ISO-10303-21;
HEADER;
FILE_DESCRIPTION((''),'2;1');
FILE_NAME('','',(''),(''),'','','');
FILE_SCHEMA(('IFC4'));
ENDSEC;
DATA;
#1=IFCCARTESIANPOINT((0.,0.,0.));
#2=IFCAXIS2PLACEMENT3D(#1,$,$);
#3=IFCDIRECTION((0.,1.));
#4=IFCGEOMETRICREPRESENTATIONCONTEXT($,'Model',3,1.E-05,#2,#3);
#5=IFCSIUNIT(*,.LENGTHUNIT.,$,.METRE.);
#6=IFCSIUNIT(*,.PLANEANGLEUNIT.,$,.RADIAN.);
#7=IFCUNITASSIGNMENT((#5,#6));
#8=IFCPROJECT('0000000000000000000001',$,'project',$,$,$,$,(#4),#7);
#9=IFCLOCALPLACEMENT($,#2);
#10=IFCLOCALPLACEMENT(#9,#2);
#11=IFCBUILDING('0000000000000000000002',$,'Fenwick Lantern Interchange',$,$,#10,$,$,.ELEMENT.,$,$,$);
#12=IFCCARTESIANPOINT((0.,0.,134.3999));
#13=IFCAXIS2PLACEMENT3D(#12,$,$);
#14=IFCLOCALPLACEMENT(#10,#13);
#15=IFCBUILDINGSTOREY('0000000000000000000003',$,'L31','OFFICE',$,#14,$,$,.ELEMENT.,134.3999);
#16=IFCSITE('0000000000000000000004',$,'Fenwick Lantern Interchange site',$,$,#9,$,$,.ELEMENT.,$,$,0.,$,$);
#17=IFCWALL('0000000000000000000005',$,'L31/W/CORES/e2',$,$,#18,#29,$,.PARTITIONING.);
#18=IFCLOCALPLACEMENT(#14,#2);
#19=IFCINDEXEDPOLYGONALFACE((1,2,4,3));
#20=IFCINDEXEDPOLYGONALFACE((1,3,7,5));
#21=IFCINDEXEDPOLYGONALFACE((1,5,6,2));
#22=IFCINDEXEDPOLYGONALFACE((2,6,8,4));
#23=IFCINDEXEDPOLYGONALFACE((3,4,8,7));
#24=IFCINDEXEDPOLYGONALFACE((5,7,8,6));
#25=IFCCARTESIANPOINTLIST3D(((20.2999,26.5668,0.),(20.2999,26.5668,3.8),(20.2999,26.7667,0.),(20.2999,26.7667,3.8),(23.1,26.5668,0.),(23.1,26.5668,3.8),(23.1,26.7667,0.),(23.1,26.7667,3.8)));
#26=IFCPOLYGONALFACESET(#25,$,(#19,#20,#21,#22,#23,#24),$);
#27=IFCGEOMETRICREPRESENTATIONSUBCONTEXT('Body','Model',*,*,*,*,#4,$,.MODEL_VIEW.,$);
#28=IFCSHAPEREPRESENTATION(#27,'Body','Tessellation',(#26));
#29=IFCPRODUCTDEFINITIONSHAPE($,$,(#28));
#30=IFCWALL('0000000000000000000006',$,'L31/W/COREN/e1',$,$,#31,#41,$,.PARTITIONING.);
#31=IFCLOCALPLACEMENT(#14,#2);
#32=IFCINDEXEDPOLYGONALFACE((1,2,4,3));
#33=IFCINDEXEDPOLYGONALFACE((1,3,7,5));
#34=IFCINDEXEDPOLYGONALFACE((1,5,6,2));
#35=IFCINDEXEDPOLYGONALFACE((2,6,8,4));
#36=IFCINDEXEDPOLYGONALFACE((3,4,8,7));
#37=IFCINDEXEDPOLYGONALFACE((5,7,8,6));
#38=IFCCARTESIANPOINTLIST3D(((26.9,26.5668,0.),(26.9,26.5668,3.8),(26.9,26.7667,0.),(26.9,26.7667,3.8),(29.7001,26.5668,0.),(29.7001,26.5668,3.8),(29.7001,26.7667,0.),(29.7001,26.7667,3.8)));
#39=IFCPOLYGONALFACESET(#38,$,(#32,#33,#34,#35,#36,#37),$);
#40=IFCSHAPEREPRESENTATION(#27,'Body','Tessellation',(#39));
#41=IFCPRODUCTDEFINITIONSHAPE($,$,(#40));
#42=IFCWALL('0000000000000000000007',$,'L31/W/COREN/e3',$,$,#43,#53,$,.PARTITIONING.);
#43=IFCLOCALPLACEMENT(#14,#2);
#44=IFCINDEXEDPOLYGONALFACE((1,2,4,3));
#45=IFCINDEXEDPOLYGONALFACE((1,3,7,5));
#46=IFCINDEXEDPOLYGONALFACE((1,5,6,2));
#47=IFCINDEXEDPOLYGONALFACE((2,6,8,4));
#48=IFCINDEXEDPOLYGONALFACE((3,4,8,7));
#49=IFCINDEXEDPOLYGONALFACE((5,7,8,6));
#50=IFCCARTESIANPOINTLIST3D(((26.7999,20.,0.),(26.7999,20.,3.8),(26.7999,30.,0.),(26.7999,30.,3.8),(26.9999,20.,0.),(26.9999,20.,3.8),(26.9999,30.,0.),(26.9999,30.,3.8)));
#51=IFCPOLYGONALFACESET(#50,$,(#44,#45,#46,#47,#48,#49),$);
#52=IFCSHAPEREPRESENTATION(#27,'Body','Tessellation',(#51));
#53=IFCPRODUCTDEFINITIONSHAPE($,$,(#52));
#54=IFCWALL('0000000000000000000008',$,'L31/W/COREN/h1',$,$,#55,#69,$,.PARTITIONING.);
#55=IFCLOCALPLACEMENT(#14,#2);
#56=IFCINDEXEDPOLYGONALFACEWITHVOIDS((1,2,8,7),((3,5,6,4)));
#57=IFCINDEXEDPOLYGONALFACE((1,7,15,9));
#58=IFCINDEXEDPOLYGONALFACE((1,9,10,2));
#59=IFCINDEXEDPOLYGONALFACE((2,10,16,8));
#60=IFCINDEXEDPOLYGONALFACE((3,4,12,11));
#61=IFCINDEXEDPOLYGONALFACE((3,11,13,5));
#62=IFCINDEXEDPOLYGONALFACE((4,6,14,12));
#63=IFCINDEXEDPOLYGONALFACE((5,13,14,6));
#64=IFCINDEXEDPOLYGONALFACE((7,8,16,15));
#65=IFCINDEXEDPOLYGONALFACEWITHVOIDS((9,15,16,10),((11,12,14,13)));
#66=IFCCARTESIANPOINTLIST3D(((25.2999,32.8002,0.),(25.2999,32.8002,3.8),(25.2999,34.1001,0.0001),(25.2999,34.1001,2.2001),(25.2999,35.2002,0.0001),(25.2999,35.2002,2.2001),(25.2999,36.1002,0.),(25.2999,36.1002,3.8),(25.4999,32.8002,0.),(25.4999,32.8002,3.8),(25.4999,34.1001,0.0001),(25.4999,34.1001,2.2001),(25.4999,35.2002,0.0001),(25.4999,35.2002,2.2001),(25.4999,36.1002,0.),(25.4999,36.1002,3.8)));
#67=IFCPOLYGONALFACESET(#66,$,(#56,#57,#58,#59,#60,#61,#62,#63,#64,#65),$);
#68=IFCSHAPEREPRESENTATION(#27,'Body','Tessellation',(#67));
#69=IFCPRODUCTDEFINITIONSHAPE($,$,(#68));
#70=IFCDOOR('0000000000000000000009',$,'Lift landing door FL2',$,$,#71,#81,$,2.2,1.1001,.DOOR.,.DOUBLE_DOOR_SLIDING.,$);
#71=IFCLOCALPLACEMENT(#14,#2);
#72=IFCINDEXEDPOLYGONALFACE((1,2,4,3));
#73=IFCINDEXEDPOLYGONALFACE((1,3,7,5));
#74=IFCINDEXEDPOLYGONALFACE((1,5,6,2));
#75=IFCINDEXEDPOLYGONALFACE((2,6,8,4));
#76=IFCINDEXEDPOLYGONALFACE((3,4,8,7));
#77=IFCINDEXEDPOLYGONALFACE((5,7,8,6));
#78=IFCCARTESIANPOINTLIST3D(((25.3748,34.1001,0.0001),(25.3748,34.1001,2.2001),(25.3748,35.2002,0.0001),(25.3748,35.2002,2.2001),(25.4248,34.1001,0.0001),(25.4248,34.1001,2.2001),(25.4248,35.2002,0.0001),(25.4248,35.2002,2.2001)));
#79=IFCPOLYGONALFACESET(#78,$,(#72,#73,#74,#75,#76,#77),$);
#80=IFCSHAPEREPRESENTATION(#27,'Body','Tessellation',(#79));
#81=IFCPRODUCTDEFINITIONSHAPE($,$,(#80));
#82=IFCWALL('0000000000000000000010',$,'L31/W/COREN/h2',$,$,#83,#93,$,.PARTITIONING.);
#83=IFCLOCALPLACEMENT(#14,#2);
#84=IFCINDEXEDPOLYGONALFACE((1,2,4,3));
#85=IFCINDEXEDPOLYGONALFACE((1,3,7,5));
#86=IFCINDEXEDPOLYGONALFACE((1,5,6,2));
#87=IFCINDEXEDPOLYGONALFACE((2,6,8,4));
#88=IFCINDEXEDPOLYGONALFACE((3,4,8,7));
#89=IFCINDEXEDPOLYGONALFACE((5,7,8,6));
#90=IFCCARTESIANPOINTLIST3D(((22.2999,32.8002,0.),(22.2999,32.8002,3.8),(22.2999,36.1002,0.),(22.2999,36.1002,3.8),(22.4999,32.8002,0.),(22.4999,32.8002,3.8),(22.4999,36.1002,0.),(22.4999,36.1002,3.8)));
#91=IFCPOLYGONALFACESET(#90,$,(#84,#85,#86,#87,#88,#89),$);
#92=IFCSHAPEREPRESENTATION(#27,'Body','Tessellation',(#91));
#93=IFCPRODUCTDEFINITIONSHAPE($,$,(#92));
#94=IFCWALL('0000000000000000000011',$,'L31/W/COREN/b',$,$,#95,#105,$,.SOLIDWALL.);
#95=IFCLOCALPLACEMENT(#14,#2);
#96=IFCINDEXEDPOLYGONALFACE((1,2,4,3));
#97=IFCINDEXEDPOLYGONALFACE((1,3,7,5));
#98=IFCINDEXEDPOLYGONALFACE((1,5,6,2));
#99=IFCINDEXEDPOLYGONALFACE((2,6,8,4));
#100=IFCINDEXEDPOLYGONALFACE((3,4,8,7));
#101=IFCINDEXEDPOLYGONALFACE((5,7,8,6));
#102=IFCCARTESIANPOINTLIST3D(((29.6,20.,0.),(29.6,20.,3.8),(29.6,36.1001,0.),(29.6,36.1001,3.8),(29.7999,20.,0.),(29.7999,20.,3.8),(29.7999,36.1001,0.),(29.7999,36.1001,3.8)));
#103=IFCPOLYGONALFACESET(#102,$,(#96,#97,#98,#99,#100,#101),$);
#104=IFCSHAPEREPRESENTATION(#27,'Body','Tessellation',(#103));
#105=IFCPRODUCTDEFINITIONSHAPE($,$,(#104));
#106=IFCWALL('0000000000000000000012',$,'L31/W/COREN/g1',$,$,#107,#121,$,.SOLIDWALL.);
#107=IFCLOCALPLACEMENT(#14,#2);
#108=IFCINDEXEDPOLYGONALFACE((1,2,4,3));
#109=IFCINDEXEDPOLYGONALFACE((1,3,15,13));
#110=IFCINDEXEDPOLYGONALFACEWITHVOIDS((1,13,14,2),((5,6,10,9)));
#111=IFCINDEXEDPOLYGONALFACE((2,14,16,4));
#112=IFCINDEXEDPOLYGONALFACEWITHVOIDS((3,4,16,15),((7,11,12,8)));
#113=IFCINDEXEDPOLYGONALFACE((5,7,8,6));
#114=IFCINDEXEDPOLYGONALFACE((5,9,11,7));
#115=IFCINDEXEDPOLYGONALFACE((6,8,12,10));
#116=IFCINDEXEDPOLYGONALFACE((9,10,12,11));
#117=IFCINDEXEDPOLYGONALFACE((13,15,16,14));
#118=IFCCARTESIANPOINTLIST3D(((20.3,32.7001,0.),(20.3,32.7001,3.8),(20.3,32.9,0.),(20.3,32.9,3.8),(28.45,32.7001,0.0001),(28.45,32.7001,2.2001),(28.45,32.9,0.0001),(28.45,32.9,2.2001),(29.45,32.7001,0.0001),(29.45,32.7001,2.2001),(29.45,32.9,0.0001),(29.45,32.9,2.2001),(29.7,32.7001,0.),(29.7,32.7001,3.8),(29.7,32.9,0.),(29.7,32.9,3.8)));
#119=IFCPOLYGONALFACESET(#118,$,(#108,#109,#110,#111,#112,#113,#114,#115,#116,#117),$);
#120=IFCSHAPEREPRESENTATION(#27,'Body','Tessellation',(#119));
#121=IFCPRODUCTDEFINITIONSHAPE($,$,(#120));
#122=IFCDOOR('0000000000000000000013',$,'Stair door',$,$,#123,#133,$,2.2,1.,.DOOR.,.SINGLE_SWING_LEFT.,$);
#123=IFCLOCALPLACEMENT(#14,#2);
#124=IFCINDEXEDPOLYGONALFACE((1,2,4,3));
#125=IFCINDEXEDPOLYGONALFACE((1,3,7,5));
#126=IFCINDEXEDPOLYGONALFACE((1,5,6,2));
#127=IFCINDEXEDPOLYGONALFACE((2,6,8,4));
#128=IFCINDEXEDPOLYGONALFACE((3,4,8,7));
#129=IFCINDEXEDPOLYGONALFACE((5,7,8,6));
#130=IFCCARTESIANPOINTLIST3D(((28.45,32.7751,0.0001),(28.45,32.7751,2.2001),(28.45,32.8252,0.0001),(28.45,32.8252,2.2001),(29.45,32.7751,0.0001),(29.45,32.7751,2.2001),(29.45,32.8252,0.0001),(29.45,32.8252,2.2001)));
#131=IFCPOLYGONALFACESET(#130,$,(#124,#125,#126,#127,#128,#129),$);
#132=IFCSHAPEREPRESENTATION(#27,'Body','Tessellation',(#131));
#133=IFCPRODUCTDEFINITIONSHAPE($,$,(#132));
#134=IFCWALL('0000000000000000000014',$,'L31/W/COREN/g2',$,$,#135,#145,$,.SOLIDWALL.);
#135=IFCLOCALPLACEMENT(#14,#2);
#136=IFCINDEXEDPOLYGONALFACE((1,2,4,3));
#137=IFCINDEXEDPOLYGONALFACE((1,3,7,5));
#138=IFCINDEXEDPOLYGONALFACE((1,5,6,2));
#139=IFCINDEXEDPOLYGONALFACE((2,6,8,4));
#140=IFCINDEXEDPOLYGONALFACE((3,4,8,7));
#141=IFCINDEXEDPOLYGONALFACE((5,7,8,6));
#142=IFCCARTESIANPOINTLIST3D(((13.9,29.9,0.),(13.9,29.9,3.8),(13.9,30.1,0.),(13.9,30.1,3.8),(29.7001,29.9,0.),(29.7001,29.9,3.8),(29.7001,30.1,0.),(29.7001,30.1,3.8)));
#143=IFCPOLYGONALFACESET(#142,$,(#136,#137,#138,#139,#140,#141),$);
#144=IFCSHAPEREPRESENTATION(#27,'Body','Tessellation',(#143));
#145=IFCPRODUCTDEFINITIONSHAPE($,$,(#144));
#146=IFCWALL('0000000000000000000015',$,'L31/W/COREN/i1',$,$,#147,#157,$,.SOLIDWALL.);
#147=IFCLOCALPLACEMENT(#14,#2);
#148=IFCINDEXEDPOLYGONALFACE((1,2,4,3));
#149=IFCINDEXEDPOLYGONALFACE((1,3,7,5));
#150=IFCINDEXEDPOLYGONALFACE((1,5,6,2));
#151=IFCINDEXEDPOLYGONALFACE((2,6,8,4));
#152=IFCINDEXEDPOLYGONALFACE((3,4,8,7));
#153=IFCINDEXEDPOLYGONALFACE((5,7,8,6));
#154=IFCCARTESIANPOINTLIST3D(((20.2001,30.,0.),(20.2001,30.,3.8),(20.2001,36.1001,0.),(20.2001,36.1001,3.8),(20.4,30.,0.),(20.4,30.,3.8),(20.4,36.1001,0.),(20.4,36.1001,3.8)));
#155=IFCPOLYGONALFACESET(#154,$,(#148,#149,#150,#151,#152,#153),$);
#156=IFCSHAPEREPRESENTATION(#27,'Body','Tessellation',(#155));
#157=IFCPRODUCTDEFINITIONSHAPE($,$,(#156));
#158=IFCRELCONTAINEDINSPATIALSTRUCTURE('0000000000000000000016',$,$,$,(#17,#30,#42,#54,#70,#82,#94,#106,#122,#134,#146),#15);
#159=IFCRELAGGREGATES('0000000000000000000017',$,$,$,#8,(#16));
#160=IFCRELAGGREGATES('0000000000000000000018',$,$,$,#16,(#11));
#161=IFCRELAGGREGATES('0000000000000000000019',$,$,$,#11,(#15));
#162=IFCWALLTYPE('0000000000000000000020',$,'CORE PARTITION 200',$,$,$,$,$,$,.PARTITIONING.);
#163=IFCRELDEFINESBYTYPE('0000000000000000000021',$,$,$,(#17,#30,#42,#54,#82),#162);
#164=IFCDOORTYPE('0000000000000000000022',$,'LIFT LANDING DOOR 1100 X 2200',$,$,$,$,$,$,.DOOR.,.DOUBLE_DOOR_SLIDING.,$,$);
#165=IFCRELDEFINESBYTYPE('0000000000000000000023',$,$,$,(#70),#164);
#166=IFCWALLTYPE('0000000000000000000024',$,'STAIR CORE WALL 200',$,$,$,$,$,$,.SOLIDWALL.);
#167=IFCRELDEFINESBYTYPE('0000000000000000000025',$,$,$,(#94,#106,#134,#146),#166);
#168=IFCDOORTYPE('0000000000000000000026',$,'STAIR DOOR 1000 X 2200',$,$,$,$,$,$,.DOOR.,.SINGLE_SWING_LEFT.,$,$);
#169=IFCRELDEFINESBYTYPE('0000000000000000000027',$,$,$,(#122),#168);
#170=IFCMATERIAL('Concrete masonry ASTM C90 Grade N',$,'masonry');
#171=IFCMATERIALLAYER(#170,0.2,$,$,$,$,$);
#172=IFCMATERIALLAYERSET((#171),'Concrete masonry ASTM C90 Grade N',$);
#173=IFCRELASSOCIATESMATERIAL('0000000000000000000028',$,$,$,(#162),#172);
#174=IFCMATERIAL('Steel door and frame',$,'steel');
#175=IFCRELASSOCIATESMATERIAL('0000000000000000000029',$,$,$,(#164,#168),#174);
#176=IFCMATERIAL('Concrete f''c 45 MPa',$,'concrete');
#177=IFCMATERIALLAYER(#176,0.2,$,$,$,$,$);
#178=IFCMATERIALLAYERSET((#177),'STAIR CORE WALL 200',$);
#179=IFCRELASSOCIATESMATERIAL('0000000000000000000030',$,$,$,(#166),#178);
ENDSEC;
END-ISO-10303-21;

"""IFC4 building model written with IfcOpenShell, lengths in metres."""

from ifc_helpers import new_model, si_unit, direction, frame, frame_2d, origin, place, context, subcontext, project, spatial, rectangle, extrude, material, layer, layer_set, type_object, element, fill, save


model = new_model("IFC4")

# Units and contexts
model_context = context("Model", 3, precision=1e-05, world=origin(), true_north=direction((0.0, 1.0)))
body_context = subcontext(model_context, "Body", "Model", "MODEL_VIEW")
ifc_project = project(units=[si_unit("LENGTHUNIT", "METRE"), si_unit("PLANEANGLEUNIT", "RADIAN")], contexts=[model_context])

# Site, building, storey
site_placement = place(None, origin())
site = spatial("IfcSite", under=ifc_project, at=site_placement, Name="Fenwick Lantern Interchange site", CompositionType="ELEMENT", RefElevation=0.0)
building_placement = place(site_placement, origin())
building = spatial("IfcBuilding", under=site, at=building_placement, Name="Fenwick Lantern Interchange", CompositionType="ELEMENT")
storey_placement = place(building_placement, frame((0.0, 0.0, 134.3999)))
storey = spatial("IfcBuildingStorey", under=building, at=storey_placement, Name="L31", Description="OFFICE", CompositionType="ELEMENT", Elevation=134.3999)

# Walls
ifc_material_1 = material(Name="Concrete masonry ASTM C90 Grade N", Category="masonry")
ifc_layer_1 = layer(ifc_material_1, 0.2)
ifc_layer_set_1 = layer_set([ifc_layer_1], Name="Concrete masonry ASTM C90 Grade N")
wall_type_1 = type_object("IfcWallType", Name="CORE PARTITION 200", PredefinedType="PARTITIONING", material=ifc_layer_set_1)
for number, where, z_axis, x_axis, name in (
    (1, (20.3, 26.6667, 0.0), (0.0, 0.0, 1.0), (1.0, 0.0, 0.0), "L31/W/CORES/e2"),
    (2, (29.7, 26.6667, 0.0), (0.0, 0.0, 1.0), (-1.0, 0.0, 0.0), "L31/W/COREN/e1"),
):
    element("IfcWall", number, at=place(storey_placement, frame(where, z_axis=z_axis, x_axis=x_axis)), inside=storey, type_object=wall_type_1, Name=name, PredefinedType="PARTITIONING", context=body_context, shape_type="SweptSolid", body=[
        extrude(rectangle(XDim=2.8, YDim=0.2, at=frame_2d((1.3999, 0.0))), origin(), (0.0, 0.0, 1.0), 3.8),
    ])
wall_1_placement = place(storey_placement, frame((26.8999, 30.0, 0.0), z_axis=(0.0, 0.0, 1.0), x_axis=(0.0, -1.0, 0.0)))
element("IfcWall", 3, at=wall_1_placement, inside=storey, type_object=wall_type_1, Name="L31/W/COREN/e3", PredefinedType="PARTITIONING", context=body_context, shape_type="SweptSolid", body=[
    extrude(rectangle(XDim=10.0, YDim=0.2, at=frame_2d((5.0, 0.0))), origin(), (0.0, 0.0, 1.0), 3.8),
])

# Wall, opening, door
wall_2_placement = place(storey_placement, frame((25.3999, 36.1001, 0.0), z_axis=(0.0, 0.0, 1.0), x_axis=(0.0, -1.0, 0.0)))
wall_2 = element("IfcWall", 4, at=wall_2_placement, inside=storey, type_object=wall_type_1, Name="L31/W/COREN/h1", PredefinedType="PARTITIONING", context=body_context, shape_type="SweptSolid", body=[
    extrude(rectangle(XDim=3.3, YDim=0.2, at=frame_2d((1.6499, 0.0))), origin(), (0.0, 0.0, 1.0), 3.8),
])
opening_1_placement = place(wall_2_placement, frame((0.8999, 0.0, 0.0)))
opening_1 = element("IfcOpeningElement", 5, at=opening_1_placement, cuts=wall_2, PredefinedType="OPENING", context=body_context, shape_type="SweptSolid", body=[
    extrude(rectangle(XDim=1.1001, YDim=2.2, at=frame_2d((0.55, 1.1001))), frame((0.0, 0.1099, 0.0), z_axis=(0.0, -1.0, 0.0), x_axis=(1.0, 0.0, 0.0)), (0.0, 0.0, 1.0), 0.22),
])
ifc_material_2 = material(Name="Steel door and frame", Category="steel")
door_type_1 = type_object("IfcDoorType", Name="LIFT LANDING DOOR 1100 X 2200", OperationType="DOUBLE_DOOR_SLIDING", PredefinedType="DOOR", material=ifc_material_2)
door_1_placement = place(opening_1_placement, origin())
door_1 = element("IfcDoor", 6, at=door_1_placement, inside=storey, type_object=door_type_1, Name="Lift landing door FL2", OperationType="DOUBLE_DOOR_SLIDING", OverallHeight=2.2, OverallWidth=1.1001, PredefinedType="DOOR", context=body_context, shape_type="SweptSolid", body=[
    extrude(rectangle(XDim=1.1001, YDim=2.2, at=frame_2d((0.55, 1.1001))), frame((0.0, 0.0249, 0.0), z_axis=(0.0, -1.0, 0.0), x_axis=(1.0, 0.0, 0.0)), (0.0, 0.0, 1.0), 0.05),
])
fill(opening_1, door_1)

# Walls
wall_3_placement = place(storey_placement, frame((22.3999, 36.1001, 0.0), z_axis=(0.0, 0.0, 1.0), x_axis=(0.0, -1.0, 0.0)))
element("IfcWall", 7, at=wall_3_placement, inside=storey, type_object=wall_type_1, Name="L31/W/COREN/h2", PredefinedType="PARTITIONING", context=body_context, shape_type="SweptSolid", body=[
    extrude(rectangle(XDim=3.3, YDim=0.2, at=frame_2d((1.6499, 0.0))), origin(), (0.0, 0.0, 1.0), 3.8),
])
ifc_material_3 = material(Name="Concrete f'c 45 MPa", Category="concrete")
ifc_layer_2 = layer(ifc_material_3, 0.2)
ifc_layer_set_2 = layer_set([ifc_layer_2], Name="STAIR CORE WALL 200")
wall_type_2 = type_object("IfcWallType", Name="STAIR CORE WALL 200", PredefinedType="SOLIDWALL", material=ifc_layer_set_2)
wall_4_placement = place(storey_placement, frame((29.7, 36.1001, 0.0), z_axis=(0.0, 0.0, 1.0), x_axis=(0.0, -1.0, 0.0)))
element("IfcWall", 8, at=wall_4_placement, inside=storey, type_object=wall_type_2, Name="L31/W/COREN/b", PredefinedType="SOLIDWALL", context=body_context, shape_type="SweptSolid", body=[
    extrude(rectangle(XDim=16.1001, YDim=0.2, at=frame_2d((8.05, 0.0))), origin(), (0.0, 0.0, 1.0), 3.8),
])

# Wall, opening, door
wall_5_placement = place(storey_placement, frame((29.7, 32.8, 0.0), z_axis=(0.0, 0.0, 1.0), x_axis=(-1.0, 0.0, 0.0)))
wall_5 = element("IfcWall", 9, at=wall_5_placement, inside=storey, type_object=wall_type_2, Name="L31/W/COREN/g1", PredefinedType="SOLIDWALL", context=body_context, shape_type="SweptSolid", body=[
    extrude(rectangle(XDim=9.3999, YDim=0.2, at=frame_2d((4.7, 0.0))), origin(), (0.0, 0.0, 1.0), 3.8),
])
opening_2_placement = place(wall_5_placement, frame((0.25, 0.0, 0.0)))
opening_2 = element("IfcOpeningElement", 10, at=opening_2_placement, cuts=wall_5, PredefinedType="OPENING", context=body_context, shape_type="SweptSolid", body=[
    extrude(rectangle(XDim=1.0, YDim=2.2, at=frame_2d((0.5, 1.1001))), frame((0.0, 0.1099, 0.0), z_axis=(0.0, -1.0, 0.0), x_axis=(1.0, 0.0, 0.0)), (0.0, 0.0, 1.0), 0.22),
])
door_type_2 = type_object("IfcDoorType", Name="STAIR DOOR 1000 X 2200", OperationType="SINGLE_SWING_LEFT", PredefinedType="DOOR", material=ifc_material_2)
door_2_placement = place(opening_2_placement, origin())
door_2 = element("IfcDoor", 11, at=door_2_placement, inside=storey, type_object=door_type_2, Name="Stair door", OperationType="SINGLE_SWING_LEFT", OverallHeight=2.2, OverallWidth=1.0, PredefinedType="DOOR", context=body_context, shape_type="SweptSolid", body=[
    extrude(rectangle(XDim=1.0, YDim=2.2, at=frame_2d((0.5, 1.1001))), frame((0.0, 0.0249, 0.0), z_axis=(0.0, -1.0, 0.0), x_axis=(1.0, 0.0, 0.0)), (0.0, 0.0, 1.0), 0.05),
])
fill(opening_2, door_2)

# Walls
wall_6_placement = place(storey_placement, frame((29.7, 30.0, 0.0), z_axis=(0.0, 0.0, 1.0), x_axis=(-1.0, 0.0, 0.0)))
element("IfcWall", 12, at=wall_6_placement, inside=storey, type_object=wall_type_2, Name="L31/W/COREN/g2", PredefinedType="SOLIDWALL", context=body_context, shape_type="SweptSolid", body=[
    extrude(rectangle(XDim=15.8, YDim=0.2, at=frame_2d((7.8999, 0.0))), origin(), (0.0, 0.0, 1.0), 3.8),
])
wall_7_placement = place(storey_placement, frame((20.3, 36.1001, 0.0), z_axis=(0.0, 0.0, 1.0), x_axis=(0.0, -1.0, 0.0)))
element("IfcWall", 13, at=wall_7_placement, inside=storey, type_object=wall_type_2, Name="L31/W/COREN/i1", PredefinedType="SOLIDWALL", context=body_context, shape_type="SweptSolid", body=[
    extrude(rectangle(XDim=6.1001, YDim=0.2, at=frame_2d((3.05, 0.0))), origin(), (0.0, 0.0, 1.0), 3.8),
])

save(model, "model.ifc")
